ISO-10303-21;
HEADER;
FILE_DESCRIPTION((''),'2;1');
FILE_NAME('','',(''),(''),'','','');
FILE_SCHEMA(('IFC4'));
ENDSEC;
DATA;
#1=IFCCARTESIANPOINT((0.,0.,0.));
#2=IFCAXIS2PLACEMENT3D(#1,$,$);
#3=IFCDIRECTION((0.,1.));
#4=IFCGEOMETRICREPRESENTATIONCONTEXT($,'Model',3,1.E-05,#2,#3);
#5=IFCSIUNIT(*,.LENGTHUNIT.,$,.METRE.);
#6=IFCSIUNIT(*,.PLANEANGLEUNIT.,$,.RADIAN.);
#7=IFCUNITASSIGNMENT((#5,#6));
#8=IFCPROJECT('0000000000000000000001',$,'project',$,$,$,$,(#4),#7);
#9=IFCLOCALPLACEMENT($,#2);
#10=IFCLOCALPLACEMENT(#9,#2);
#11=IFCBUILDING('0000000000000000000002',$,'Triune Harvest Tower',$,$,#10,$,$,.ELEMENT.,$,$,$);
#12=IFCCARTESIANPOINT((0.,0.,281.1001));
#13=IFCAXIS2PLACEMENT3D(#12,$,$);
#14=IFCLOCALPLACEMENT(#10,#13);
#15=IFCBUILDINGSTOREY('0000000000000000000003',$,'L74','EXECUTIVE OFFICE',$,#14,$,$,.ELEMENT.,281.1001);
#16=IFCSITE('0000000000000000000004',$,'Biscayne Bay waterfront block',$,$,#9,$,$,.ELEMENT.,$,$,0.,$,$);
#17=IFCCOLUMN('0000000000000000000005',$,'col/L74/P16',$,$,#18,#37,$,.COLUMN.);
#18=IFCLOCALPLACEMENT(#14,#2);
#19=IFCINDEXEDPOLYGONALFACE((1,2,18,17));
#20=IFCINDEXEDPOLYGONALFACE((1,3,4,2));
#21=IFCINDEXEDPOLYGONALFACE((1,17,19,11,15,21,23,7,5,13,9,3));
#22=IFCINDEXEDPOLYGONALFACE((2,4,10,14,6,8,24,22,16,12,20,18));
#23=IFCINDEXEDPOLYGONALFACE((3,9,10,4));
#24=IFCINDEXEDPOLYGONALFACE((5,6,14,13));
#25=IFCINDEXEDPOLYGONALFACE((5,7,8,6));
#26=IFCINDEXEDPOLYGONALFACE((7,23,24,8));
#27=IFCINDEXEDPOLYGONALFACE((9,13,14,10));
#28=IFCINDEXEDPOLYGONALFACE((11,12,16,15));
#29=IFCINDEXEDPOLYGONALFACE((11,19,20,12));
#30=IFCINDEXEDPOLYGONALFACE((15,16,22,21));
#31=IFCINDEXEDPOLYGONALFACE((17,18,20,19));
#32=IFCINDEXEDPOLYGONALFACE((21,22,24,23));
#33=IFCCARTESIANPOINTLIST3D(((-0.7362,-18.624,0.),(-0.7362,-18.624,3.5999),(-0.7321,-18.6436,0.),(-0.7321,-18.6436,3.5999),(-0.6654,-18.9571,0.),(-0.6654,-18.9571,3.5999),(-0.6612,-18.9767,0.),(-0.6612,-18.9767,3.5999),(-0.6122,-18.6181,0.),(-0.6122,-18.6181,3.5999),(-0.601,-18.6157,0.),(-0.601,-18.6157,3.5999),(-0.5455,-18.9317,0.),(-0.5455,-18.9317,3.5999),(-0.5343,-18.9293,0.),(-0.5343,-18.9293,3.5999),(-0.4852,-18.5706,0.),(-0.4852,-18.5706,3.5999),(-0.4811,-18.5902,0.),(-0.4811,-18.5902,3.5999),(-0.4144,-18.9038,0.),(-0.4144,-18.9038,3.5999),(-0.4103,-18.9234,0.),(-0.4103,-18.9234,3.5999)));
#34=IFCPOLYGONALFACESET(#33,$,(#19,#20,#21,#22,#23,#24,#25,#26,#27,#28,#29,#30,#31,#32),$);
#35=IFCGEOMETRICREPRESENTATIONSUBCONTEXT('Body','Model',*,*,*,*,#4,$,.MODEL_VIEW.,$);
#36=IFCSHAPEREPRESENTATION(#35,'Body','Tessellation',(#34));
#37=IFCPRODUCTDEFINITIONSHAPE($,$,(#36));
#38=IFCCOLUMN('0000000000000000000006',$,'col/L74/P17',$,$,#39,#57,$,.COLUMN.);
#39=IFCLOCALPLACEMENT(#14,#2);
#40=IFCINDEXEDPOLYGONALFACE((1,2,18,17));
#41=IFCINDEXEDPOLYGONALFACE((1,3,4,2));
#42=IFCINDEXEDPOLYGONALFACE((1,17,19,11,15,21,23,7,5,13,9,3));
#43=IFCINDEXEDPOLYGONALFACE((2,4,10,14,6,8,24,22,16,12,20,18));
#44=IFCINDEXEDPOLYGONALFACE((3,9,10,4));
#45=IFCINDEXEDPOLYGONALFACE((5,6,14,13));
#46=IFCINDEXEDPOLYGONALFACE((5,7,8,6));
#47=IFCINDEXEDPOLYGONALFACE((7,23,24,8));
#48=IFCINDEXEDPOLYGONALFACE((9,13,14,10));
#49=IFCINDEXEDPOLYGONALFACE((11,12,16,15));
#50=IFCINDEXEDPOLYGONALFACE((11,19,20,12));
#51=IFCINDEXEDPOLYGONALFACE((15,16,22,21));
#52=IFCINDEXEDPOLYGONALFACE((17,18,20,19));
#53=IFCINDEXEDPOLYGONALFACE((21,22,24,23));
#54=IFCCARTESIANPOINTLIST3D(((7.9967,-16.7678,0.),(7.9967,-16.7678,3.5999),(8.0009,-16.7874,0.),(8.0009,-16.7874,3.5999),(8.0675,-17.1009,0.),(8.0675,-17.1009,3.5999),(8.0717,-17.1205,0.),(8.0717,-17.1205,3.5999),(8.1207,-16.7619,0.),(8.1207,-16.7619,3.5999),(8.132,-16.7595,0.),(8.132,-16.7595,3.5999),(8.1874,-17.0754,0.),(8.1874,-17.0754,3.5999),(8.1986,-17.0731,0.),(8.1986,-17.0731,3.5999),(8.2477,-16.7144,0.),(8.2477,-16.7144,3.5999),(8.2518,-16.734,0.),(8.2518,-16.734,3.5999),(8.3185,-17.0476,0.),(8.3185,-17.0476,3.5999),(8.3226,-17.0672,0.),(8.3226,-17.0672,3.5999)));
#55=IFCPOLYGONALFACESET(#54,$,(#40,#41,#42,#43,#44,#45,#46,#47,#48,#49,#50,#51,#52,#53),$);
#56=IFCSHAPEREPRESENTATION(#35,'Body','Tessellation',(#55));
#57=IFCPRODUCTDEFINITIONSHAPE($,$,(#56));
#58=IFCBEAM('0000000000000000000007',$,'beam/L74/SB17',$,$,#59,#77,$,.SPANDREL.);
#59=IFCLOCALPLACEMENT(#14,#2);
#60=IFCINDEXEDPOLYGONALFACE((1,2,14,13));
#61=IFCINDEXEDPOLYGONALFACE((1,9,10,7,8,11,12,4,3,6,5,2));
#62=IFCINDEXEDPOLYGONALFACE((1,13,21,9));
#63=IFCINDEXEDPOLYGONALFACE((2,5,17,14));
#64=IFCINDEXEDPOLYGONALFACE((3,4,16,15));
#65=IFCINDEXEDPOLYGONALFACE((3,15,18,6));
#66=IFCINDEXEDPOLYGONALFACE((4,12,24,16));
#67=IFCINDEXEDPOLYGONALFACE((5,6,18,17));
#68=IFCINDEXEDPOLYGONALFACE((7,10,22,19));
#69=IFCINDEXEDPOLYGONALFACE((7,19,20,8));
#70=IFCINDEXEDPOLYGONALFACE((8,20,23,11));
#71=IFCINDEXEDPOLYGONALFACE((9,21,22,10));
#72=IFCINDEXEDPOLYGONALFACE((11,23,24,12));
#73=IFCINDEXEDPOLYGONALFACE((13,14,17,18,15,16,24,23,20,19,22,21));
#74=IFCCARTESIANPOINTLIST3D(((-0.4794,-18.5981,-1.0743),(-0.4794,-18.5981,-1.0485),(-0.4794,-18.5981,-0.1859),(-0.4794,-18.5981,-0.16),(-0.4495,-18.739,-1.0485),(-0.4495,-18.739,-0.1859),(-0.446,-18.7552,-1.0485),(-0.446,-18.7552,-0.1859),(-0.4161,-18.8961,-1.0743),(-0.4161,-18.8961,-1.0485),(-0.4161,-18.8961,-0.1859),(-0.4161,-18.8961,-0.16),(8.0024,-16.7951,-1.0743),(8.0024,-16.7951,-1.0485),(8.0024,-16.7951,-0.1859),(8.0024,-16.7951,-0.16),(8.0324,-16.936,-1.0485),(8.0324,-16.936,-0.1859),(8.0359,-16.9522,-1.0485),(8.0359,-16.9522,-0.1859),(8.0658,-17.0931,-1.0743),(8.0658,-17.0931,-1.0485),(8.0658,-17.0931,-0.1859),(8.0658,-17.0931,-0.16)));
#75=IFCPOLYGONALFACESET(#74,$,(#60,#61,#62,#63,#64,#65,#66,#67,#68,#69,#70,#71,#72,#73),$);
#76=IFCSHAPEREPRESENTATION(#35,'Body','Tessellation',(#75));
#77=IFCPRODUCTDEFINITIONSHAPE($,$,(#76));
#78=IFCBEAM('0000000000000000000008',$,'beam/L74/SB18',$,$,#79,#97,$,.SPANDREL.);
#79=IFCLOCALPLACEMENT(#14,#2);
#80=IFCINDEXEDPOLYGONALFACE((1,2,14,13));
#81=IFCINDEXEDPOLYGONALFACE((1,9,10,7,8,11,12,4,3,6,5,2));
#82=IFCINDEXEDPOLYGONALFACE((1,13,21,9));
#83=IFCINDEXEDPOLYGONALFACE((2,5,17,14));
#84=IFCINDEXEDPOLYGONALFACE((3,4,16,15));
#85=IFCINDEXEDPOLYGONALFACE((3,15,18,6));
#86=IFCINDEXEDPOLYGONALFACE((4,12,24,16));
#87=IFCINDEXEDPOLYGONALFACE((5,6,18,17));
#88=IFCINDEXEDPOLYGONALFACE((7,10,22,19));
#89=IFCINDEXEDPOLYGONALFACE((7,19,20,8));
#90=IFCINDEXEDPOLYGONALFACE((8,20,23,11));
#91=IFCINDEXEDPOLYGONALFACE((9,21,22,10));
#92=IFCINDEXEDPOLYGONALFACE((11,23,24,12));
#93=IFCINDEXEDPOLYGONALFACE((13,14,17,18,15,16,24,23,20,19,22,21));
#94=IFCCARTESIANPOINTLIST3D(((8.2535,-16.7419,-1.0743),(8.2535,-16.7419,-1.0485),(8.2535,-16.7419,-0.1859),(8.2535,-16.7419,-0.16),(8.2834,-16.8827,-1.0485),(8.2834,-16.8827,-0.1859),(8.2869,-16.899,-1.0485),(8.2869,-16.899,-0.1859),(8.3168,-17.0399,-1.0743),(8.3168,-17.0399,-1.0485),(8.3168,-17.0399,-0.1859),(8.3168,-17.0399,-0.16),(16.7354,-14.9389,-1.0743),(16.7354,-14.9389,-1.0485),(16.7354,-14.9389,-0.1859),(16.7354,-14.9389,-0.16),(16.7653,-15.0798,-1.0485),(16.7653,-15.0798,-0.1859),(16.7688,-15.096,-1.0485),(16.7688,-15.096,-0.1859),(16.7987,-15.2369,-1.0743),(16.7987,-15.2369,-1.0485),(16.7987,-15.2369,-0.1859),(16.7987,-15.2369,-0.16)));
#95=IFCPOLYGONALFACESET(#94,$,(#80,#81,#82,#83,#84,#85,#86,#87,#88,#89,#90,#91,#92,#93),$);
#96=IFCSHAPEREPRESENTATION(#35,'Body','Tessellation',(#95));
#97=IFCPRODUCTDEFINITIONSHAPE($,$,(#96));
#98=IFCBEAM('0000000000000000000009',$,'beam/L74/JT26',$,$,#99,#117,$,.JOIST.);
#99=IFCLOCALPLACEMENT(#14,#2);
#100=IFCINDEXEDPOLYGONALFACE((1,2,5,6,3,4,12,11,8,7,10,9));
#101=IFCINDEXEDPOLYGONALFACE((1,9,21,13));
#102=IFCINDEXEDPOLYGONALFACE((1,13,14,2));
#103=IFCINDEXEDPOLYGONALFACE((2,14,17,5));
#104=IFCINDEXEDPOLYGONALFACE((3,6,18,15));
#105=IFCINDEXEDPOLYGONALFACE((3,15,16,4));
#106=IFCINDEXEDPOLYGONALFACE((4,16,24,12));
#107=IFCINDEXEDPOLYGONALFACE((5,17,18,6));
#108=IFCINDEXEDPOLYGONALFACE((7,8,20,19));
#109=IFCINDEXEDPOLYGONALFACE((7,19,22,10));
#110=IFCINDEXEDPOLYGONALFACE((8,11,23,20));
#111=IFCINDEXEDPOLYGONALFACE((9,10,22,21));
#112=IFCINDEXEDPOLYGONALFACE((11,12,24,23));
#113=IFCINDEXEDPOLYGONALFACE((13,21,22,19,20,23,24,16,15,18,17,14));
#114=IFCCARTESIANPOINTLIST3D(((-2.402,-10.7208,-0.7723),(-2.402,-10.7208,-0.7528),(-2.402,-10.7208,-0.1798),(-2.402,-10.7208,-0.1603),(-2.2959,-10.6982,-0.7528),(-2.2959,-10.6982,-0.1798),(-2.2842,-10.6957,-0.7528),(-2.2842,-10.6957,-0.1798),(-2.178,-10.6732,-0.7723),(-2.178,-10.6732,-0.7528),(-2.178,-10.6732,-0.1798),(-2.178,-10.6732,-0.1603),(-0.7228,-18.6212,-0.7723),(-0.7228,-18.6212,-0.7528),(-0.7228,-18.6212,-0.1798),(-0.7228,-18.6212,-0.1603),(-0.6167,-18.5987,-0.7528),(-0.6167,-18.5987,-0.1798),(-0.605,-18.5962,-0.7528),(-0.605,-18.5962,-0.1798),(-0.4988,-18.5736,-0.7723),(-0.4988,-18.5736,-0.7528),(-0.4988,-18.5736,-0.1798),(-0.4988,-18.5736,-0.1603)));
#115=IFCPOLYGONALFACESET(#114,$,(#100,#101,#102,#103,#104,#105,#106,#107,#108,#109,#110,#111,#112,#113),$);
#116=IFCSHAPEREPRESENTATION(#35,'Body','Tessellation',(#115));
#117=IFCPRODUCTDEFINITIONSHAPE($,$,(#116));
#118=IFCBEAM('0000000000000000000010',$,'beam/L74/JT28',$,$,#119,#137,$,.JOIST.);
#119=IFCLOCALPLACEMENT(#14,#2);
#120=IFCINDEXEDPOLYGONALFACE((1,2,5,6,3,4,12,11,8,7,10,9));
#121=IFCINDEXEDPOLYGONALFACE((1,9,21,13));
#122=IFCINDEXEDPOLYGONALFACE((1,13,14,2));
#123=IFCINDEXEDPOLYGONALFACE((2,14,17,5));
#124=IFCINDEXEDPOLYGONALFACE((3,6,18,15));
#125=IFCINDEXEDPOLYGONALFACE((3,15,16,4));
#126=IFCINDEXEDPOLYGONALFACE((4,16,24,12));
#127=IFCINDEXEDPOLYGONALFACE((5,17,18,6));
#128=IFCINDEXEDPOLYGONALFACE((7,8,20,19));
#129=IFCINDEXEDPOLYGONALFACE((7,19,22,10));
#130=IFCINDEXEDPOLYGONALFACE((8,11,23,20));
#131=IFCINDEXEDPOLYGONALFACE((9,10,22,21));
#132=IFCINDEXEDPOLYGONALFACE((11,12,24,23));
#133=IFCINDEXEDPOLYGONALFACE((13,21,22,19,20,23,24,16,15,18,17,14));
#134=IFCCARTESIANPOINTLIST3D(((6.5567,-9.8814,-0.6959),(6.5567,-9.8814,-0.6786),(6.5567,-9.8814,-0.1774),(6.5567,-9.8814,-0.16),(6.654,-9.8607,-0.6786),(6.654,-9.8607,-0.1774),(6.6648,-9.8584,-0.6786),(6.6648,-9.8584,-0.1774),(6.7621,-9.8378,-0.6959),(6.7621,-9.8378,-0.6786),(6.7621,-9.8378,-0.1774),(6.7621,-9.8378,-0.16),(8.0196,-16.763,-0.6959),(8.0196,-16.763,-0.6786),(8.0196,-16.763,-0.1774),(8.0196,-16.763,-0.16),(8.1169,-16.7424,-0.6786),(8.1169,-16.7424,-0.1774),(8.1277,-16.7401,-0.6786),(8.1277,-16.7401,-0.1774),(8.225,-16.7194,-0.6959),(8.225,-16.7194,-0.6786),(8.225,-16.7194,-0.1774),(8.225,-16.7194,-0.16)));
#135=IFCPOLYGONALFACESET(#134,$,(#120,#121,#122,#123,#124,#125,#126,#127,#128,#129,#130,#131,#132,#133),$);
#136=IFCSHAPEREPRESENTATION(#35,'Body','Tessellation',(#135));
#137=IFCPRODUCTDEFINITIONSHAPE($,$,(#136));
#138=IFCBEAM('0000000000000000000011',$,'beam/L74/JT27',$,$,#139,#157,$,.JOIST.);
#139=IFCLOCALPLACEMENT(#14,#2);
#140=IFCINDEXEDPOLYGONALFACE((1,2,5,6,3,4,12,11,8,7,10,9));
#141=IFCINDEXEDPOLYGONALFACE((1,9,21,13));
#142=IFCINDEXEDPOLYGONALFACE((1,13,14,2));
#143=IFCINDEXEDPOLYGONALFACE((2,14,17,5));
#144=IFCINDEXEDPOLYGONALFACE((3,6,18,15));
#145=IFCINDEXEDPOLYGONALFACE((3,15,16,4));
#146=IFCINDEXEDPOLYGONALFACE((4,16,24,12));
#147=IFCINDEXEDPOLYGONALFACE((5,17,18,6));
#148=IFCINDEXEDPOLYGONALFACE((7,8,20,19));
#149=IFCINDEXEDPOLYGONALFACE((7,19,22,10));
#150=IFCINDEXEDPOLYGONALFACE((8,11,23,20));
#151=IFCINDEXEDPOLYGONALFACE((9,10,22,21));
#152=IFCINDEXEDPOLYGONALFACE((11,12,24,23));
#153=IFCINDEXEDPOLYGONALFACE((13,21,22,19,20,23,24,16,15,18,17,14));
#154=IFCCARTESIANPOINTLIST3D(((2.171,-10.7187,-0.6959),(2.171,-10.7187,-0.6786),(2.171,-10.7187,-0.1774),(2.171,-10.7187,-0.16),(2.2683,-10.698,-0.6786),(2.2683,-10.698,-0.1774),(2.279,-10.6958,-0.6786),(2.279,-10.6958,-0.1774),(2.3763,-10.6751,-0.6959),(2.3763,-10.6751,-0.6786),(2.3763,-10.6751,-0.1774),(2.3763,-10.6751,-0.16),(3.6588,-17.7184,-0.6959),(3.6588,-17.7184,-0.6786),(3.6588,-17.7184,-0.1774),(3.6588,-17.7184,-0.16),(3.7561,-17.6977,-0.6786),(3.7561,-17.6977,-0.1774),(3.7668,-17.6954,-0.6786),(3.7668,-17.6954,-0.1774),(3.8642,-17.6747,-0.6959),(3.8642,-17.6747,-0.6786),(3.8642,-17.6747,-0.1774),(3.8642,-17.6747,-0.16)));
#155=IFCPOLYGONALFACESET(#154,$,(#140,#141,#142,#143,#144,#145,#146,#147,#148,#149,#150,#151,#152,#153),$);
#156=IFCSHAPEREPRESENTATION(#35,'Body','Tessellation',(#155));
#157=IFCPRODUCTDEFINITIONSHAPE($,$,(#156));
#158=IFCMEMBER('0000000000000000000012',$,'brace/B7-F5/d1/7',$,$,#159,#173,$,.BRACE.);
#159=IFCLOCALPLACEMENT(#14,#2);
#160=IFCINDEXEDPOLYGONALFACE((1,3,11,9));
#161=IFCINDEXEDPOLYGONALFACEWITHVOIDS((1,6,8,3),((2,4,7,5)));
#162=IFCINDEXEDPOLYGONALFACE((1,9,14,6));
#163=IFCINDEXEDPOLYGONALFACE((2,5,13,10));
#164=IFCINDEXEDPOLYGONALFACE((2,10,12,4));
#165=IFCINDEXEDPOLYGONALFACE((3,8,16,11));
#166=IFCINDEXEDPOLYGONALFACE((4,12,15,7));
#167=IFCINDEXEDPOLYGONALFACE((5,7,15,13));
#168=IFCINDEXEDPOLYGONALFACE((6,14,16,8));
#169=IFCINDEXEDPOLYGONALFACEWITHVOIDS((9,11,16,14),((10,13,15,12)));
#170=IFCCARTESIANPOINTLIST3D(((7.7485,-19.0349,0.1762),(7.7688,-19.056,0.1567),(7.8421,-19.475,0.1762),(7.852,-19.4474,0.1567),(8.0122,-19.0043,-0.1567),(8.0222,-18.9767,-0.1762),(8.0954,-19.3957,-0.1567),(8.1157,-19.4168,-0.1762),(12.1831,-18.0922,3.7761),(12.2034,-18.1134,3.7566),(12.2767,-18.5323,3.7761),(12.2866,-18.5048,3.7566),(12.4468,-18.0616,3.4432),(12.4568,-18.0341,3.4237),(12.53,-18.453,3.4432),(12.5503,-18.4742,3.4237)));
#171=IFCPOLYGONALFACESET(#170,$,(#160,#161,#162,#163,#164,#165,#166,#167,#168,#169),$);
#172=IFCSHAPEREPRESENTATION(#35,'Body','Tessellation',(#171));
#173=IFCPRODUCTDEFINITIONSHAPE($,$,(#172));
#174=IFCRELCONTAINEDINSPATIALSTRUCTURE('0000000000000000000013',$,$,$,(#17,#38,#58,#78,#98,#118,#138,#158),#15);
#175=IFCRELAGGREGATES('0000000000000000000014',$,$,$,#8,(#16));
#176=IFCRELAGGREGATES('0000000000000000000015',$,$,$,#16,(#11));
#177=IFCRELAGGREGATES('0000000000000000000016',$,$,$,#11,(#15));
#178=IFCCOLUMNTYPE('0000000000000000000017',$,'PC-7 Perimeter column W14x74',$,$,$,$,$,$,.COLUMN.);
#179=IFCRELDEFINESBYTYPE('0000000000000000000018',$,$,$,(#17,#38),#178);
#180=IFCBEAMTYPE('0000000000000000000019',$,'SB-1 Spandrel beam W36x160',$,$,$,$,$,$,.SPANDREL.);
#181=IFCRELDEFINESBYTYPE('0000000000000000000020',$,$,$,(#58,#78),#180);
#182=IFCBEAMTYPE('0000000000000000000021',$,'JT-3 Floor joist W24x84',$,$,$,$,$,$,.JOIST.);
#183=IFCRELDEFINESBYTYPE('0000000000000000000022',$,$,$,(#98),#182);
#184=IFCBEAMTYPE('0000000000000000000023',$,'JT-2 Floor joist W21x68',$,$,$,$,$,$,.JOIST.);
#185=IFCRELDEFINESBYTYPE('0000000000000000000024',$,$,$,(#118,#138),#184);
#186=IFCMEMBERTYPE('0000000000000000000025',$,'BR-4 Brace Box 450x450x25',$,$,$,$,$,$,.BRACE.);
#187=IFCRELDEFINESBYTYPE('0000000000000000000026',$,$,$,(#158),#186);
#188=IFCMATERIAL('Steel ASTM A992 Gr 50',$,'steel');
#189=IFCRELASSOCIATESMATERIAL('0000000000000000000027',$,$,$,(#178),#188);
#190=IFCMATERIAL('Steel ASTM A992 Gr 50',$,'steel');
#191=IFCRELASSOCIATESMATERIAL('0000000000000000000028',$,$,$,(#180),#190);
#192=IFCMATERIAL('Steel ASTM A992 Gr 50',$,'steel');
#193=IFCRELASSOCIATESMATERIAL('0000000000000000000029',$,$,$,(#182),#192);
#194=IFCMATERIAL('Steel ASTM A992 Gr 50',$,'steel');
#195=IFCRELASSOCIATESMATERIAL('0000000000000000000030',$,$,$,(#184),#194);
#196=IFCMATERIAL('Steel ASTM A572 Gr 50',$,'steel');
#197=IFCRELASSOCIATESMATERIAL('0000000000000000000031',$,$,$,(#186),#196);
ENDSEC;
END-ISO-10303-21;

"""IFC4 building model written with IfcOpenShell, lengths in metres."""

from ifc_helpers import new_model, si_unit, direction, frame, origin, origin_2d, place, context, subcontext, project, spatial, hollow_rectangle, i_section, extrude, source, transform, mapped, material, material_profile, profile_set, type_object, element, save


model = new_model("IFC4")

# Units and contexts
model_context = context("Model", 3, precision=1e-05, world=origin(), true_north=direction((0.0, 1.0)))
body_context = subcontext(model_context, "Body", "Model", "MODEL_VIEW")
ifc_project = project(units=[si_unit("LENGTHUNIT", "METRE"), si_unit("PLANEANGLEUNIT", "RADIAN")], contexts=[model_context])

# Site, building, storey
site_placement = place(None, origin())
site = spatial("IfcSite", under=ifc_project, at=site_placement, Name="Biscayne Bay waterfront block", CompositionType="ELEMENT", RefElevation=0.0)
building_placement = place(site_placement, origin())
building = spatial("IfcBuilding", under=site, at=building_placement, Name="Triune Harvest Tower", CompositionType="ELEMENT")
storey_placement = place(building_placement, frame((0.0, 0.0, 281.1001)))
storey = spatial("IfcBuildingStorey", under=building, at=storey_placement, Name="L74", Description="EXECUTIVE OFFICE", CompositionType="ELEMENT", Elevation=281.1001)

# Columns
ifc_material_1 = material(Name="Steel ASTM A992 Gr 50", Category="steel")
ifc_material_profile_1 = material_profile(ifc_material_1, i_section(OverallWidth=0.2566, OverallDepth=0.3606, WebThickness=0.0115, FlangeThickness=0.02, at=origin_2d()), Name="W14x74")
ifc_profile_set_1 = profile_set([ifc_material_profile_1], Name="Steel ASTM A992 Gr 50")
column_type = type_object("IfcColumnType", Name="PC-7 Perimeter column W14x74", PredefinedType="COLUMN", material=ifc_profile_set_1)
shared_shape_1 = source(origin(), body_context, "Body", "SweptSolid", [
    extrude(i_section(OverallWidth=0.2566, OverallDepth=0.3606, WebThickness=0.0115, FlangeThickness=0.02, at=origin_2d()), origin(), (0.0, 0.0, 1.0), 3.5999),
])
for number, where, z_axis, x_axis, name in (
    (1, (-0.5732, -18.7737, 0.0), (0.0, 0.0, 1.0), (0.978147, 0.207913, 0.0), "col/L74/P16"),
    (2, (8.1597, -16.9175, 0.0), (0.0, 0.0, 1.0), (0.978147, 0.207913, 0.0), "col/L74/P17"),
):
    element("IfcColumn", number, at=place(storey_placement, frame(where, z_axis=z_axis, x_axis=x_axis)), inside=storey, type_object=column_type, Name=name, PredefinedType="COLUMN", context=body_context, shape_type="MappedRepresentation", body=[
        mapped(shared_shape_1, transform((0.0, 0.0, 0.0), scale=1.0)),
    ])

# Beams
ifc_material_2 = material(Name="Steel ASTM A992 Gr 50", Category="steel")
ifc_material_profile_2 = material_profile(ifc_material_2, i_section(OverallWidth=0.3047, OverallDepth=0.9143, WebThickness=0.0166, FlangeThickness=0.0259, at=origin_2d()), Name="W36x160")
ifc_profile_set_2 = profile_set([ifc_material_profile_2], Name="Steel ASTM A992 Gr 50")
beam_type_1 = type_object("IfcBeamType", Name="SB-1 Spandrel beam W36x160", PredefinedType="SPANDREL", material=ifc_profile_set_2)
shared_shape_2 = source(origin(), body_context, "Body", "SweptSolid", [
    extrude(i_section(OverallWidth=0.3047, OverallDepth=0.9143, WebThickness=0.0166, FlangeThickness=0.0259, at=origin_2d()), origin(), (0.0, 0.0, 1.0), 8.6714),
])
for number, where, z_axis, x_axis, name in (
    (3, (-0.4478, -18.7471, -0.6172), (0.978146, 0.207921, 0.0), (-0.207921, 0.978146, 0.0), "beam/L74/SB17"),
    (4, (8.2852, -16.8909, -0.6172), (0.978146, 0.207921, 0.0), (-0.207921, 0.978146, 0.0), "beam/L74/SB18"),
):
    element("IfcBeam", number, at=place(storey_placement, frame(where, z_axis=z_axis, x_axis=x_axis)), inside=storey, type_object=beam_type_1, Name=name, PredefinedType="SPANDREL", context=body_context, shape_type="MappedRepresentation", body=[
        mapped(shared_shape_2, transform((0.0, 0.0, 0.0), scale=1.0)),
    ])
ifc_material_3 = material(Name="Steel ASTM A992 Gr 50", Category="steel")
ifc_material_profile_3 = material_profile(ifc_material_3, i_section(OverallWidth=0.229, OverallDepth=0.6121, WebThickness=0.012, FlangeThickness=0.0195, at=origin_2d()), Name="W24x84")
ifc_profile_set_3 = profile_set([ifc_material_profile_3], Name="Steel ASTM A992 Gr 50")
beam_type_2 = type_object("IfcBeamType", Name="JT-3 Floor joist W24x84", PredefinedType="JOIST", material=ifc_profile_set_3)
shared_shape_3 = source(origin(), body_context, "Body", "SweptSolid", [
    extrude(i_section(OverallWidth=0.229, OverallDepth=0.6121, WebThickness=0.012, FlangeThickness=0.0195, at=origin_2d()), origin(), (0.0, 0.0, 1.0), 8.0769),
])
beam_1_placement = place(storey_placement, frame((-0.6108, -18.5974, -0.4663), z_axis=(-0.207902, 0.97815, 0.0), x_axis=(-0.97815, -0.207902, 0.0)))
element("IfcBeam", 5, at=beam_1_placement, inside=storey, type_object=beam_type_2, Name="beam/L74/JT26", PredefinedType="JOIST", context=body_context, shape_type="MappedRepresentation", body=[
    mapped(shared_shape_3, transform((0.0, 0.0, 0.0), scale=1.0)),
])
ifc_material_4 = material(Name="Steel ASTM A992 Gr 50", Category="steel")
ifc_material_profile_4 = material_profile(ifc_material_4, i_section(OverallWidth=0.21, OverallDepth=0.5359, WebThickness=0.011, FlangeThickness=0.0173, at=origin_2d()), Name="W21x68")
ifc_profile_set_4 = profile_set([ifc_material_profile_4], Name="Steel ASTM A992 Gr 50")
beam_type_3 = type_object("IfcBeamType", Name="JT-2 Floor joist W21x68", PredefinedType="JOIST", material=ifc_profile_set_4)
shared_shape_4 = source(origin(), body_context, "Body", "SweptSolid", [
    extrude(i_section(OverallWidth=0.21, OverallDepth=0.5359, WebThickness=0.011, FlangeThickness=0.0173, at=origin_2d()), origin(), (0.0, 0.0, 1.0), 7.0354),
])
beam_2_placement = place(storey_placement, frame((8.1223, -16.7412, -0.428), z_axis=(-0.207934, 0.978143, 0.0), x_axis=(-0.978143, -0.207934, 0.0)))
element("IfcBeam", 6, at=beam_2_placement, inside=storey, type_object=beam_type_3, Name="beam/L74/JT28", PredefinedType="JOIST", context=body_context, shape_type="MappedRepresentation", body=[
    mapped(shared_shape_4, transform((0.0, 0.0, 0.0), scale=1.0)),
])
shared_shape_5 = source(origin(), body_context, "Body", "SweptSolid", [
    extrude(i_section(OverallWidth=0.21, OverallDepth=0.5359, WebThickness=0.011, FlangeThickness=0.0173, at=origin_2d()), origin(), (0.0, 0.0, 1.0), 7.156),
])
beam_3_placement = place(storey_placement, frame((3.7615, -17.6965, -0.428), z_axis=(-0.207912, 0.978148, 0.0), x_axis=(-0.978148, -0.207912, 0.0)))
element("IfcBeam", 7, at=beam_3_placement, inside=storey, type_object=beam_type_3, Name="beam/L74/JT27", PredefinedType="JOIST", context=body_context, shape_type="MappedRepresentation", body=[
    mapped(shared_shape_5, transform((0.0, 0.0, 0.0), scale=1.0)),
])

# Member
ifc_material_5 = material(Name="Steel ASTM A572 Gr 50", Category="steel")
ifc_material_profile_5 = material_profile(ifc_material_5, hollow_rectangle(XDim=0.45, YDim=0.45, WallThickness=0.0249, at=origin_2d()), Name="Box 450x450x25")
ifc_profile_set_5 = profile_set([ifc_material_profile_5], Name="Steel ASTM A572 Gr 50")
member_type_1 = type_object("IfcMemberType", Name="BR-4 Brace Box 450x450x25", PredefinedType="BRACE", material=ifc_profile_set_5)
shared_shape_6 = source(origin(), body_context, "Body", "SweptSolid", [
    extrude(hollow_rectangle(XDim=0.45, YDim=0.45, WallThickness=0.0249, at=origin_2d()), origin(), (0.0, 0.0, 1.0), 5.7891),
])
for number, where, z_axis, x_axis, name in (
    (8, (7.9321, -19.2258, 0.0), (0.76603, 0.16283, 0.62184), (-0.207918, 0.978146, 0.0), "brace/B7-F5/d1/7"),
):
    element("IfcMember", number, at=place(storey_placement, frame(where, z_axis=z_axis, x_axis=x_axis)), inside=storey, type_object=member_type_1, Name=name, PredefinedType="BRACE", context=body_context, shape_type="MappedRepresentation", body=[
        mapped(shared_shape_6, transform((0.0, 0.0, 0.0), scale=1.0)),
    ])

save(model, "model.ifc")
